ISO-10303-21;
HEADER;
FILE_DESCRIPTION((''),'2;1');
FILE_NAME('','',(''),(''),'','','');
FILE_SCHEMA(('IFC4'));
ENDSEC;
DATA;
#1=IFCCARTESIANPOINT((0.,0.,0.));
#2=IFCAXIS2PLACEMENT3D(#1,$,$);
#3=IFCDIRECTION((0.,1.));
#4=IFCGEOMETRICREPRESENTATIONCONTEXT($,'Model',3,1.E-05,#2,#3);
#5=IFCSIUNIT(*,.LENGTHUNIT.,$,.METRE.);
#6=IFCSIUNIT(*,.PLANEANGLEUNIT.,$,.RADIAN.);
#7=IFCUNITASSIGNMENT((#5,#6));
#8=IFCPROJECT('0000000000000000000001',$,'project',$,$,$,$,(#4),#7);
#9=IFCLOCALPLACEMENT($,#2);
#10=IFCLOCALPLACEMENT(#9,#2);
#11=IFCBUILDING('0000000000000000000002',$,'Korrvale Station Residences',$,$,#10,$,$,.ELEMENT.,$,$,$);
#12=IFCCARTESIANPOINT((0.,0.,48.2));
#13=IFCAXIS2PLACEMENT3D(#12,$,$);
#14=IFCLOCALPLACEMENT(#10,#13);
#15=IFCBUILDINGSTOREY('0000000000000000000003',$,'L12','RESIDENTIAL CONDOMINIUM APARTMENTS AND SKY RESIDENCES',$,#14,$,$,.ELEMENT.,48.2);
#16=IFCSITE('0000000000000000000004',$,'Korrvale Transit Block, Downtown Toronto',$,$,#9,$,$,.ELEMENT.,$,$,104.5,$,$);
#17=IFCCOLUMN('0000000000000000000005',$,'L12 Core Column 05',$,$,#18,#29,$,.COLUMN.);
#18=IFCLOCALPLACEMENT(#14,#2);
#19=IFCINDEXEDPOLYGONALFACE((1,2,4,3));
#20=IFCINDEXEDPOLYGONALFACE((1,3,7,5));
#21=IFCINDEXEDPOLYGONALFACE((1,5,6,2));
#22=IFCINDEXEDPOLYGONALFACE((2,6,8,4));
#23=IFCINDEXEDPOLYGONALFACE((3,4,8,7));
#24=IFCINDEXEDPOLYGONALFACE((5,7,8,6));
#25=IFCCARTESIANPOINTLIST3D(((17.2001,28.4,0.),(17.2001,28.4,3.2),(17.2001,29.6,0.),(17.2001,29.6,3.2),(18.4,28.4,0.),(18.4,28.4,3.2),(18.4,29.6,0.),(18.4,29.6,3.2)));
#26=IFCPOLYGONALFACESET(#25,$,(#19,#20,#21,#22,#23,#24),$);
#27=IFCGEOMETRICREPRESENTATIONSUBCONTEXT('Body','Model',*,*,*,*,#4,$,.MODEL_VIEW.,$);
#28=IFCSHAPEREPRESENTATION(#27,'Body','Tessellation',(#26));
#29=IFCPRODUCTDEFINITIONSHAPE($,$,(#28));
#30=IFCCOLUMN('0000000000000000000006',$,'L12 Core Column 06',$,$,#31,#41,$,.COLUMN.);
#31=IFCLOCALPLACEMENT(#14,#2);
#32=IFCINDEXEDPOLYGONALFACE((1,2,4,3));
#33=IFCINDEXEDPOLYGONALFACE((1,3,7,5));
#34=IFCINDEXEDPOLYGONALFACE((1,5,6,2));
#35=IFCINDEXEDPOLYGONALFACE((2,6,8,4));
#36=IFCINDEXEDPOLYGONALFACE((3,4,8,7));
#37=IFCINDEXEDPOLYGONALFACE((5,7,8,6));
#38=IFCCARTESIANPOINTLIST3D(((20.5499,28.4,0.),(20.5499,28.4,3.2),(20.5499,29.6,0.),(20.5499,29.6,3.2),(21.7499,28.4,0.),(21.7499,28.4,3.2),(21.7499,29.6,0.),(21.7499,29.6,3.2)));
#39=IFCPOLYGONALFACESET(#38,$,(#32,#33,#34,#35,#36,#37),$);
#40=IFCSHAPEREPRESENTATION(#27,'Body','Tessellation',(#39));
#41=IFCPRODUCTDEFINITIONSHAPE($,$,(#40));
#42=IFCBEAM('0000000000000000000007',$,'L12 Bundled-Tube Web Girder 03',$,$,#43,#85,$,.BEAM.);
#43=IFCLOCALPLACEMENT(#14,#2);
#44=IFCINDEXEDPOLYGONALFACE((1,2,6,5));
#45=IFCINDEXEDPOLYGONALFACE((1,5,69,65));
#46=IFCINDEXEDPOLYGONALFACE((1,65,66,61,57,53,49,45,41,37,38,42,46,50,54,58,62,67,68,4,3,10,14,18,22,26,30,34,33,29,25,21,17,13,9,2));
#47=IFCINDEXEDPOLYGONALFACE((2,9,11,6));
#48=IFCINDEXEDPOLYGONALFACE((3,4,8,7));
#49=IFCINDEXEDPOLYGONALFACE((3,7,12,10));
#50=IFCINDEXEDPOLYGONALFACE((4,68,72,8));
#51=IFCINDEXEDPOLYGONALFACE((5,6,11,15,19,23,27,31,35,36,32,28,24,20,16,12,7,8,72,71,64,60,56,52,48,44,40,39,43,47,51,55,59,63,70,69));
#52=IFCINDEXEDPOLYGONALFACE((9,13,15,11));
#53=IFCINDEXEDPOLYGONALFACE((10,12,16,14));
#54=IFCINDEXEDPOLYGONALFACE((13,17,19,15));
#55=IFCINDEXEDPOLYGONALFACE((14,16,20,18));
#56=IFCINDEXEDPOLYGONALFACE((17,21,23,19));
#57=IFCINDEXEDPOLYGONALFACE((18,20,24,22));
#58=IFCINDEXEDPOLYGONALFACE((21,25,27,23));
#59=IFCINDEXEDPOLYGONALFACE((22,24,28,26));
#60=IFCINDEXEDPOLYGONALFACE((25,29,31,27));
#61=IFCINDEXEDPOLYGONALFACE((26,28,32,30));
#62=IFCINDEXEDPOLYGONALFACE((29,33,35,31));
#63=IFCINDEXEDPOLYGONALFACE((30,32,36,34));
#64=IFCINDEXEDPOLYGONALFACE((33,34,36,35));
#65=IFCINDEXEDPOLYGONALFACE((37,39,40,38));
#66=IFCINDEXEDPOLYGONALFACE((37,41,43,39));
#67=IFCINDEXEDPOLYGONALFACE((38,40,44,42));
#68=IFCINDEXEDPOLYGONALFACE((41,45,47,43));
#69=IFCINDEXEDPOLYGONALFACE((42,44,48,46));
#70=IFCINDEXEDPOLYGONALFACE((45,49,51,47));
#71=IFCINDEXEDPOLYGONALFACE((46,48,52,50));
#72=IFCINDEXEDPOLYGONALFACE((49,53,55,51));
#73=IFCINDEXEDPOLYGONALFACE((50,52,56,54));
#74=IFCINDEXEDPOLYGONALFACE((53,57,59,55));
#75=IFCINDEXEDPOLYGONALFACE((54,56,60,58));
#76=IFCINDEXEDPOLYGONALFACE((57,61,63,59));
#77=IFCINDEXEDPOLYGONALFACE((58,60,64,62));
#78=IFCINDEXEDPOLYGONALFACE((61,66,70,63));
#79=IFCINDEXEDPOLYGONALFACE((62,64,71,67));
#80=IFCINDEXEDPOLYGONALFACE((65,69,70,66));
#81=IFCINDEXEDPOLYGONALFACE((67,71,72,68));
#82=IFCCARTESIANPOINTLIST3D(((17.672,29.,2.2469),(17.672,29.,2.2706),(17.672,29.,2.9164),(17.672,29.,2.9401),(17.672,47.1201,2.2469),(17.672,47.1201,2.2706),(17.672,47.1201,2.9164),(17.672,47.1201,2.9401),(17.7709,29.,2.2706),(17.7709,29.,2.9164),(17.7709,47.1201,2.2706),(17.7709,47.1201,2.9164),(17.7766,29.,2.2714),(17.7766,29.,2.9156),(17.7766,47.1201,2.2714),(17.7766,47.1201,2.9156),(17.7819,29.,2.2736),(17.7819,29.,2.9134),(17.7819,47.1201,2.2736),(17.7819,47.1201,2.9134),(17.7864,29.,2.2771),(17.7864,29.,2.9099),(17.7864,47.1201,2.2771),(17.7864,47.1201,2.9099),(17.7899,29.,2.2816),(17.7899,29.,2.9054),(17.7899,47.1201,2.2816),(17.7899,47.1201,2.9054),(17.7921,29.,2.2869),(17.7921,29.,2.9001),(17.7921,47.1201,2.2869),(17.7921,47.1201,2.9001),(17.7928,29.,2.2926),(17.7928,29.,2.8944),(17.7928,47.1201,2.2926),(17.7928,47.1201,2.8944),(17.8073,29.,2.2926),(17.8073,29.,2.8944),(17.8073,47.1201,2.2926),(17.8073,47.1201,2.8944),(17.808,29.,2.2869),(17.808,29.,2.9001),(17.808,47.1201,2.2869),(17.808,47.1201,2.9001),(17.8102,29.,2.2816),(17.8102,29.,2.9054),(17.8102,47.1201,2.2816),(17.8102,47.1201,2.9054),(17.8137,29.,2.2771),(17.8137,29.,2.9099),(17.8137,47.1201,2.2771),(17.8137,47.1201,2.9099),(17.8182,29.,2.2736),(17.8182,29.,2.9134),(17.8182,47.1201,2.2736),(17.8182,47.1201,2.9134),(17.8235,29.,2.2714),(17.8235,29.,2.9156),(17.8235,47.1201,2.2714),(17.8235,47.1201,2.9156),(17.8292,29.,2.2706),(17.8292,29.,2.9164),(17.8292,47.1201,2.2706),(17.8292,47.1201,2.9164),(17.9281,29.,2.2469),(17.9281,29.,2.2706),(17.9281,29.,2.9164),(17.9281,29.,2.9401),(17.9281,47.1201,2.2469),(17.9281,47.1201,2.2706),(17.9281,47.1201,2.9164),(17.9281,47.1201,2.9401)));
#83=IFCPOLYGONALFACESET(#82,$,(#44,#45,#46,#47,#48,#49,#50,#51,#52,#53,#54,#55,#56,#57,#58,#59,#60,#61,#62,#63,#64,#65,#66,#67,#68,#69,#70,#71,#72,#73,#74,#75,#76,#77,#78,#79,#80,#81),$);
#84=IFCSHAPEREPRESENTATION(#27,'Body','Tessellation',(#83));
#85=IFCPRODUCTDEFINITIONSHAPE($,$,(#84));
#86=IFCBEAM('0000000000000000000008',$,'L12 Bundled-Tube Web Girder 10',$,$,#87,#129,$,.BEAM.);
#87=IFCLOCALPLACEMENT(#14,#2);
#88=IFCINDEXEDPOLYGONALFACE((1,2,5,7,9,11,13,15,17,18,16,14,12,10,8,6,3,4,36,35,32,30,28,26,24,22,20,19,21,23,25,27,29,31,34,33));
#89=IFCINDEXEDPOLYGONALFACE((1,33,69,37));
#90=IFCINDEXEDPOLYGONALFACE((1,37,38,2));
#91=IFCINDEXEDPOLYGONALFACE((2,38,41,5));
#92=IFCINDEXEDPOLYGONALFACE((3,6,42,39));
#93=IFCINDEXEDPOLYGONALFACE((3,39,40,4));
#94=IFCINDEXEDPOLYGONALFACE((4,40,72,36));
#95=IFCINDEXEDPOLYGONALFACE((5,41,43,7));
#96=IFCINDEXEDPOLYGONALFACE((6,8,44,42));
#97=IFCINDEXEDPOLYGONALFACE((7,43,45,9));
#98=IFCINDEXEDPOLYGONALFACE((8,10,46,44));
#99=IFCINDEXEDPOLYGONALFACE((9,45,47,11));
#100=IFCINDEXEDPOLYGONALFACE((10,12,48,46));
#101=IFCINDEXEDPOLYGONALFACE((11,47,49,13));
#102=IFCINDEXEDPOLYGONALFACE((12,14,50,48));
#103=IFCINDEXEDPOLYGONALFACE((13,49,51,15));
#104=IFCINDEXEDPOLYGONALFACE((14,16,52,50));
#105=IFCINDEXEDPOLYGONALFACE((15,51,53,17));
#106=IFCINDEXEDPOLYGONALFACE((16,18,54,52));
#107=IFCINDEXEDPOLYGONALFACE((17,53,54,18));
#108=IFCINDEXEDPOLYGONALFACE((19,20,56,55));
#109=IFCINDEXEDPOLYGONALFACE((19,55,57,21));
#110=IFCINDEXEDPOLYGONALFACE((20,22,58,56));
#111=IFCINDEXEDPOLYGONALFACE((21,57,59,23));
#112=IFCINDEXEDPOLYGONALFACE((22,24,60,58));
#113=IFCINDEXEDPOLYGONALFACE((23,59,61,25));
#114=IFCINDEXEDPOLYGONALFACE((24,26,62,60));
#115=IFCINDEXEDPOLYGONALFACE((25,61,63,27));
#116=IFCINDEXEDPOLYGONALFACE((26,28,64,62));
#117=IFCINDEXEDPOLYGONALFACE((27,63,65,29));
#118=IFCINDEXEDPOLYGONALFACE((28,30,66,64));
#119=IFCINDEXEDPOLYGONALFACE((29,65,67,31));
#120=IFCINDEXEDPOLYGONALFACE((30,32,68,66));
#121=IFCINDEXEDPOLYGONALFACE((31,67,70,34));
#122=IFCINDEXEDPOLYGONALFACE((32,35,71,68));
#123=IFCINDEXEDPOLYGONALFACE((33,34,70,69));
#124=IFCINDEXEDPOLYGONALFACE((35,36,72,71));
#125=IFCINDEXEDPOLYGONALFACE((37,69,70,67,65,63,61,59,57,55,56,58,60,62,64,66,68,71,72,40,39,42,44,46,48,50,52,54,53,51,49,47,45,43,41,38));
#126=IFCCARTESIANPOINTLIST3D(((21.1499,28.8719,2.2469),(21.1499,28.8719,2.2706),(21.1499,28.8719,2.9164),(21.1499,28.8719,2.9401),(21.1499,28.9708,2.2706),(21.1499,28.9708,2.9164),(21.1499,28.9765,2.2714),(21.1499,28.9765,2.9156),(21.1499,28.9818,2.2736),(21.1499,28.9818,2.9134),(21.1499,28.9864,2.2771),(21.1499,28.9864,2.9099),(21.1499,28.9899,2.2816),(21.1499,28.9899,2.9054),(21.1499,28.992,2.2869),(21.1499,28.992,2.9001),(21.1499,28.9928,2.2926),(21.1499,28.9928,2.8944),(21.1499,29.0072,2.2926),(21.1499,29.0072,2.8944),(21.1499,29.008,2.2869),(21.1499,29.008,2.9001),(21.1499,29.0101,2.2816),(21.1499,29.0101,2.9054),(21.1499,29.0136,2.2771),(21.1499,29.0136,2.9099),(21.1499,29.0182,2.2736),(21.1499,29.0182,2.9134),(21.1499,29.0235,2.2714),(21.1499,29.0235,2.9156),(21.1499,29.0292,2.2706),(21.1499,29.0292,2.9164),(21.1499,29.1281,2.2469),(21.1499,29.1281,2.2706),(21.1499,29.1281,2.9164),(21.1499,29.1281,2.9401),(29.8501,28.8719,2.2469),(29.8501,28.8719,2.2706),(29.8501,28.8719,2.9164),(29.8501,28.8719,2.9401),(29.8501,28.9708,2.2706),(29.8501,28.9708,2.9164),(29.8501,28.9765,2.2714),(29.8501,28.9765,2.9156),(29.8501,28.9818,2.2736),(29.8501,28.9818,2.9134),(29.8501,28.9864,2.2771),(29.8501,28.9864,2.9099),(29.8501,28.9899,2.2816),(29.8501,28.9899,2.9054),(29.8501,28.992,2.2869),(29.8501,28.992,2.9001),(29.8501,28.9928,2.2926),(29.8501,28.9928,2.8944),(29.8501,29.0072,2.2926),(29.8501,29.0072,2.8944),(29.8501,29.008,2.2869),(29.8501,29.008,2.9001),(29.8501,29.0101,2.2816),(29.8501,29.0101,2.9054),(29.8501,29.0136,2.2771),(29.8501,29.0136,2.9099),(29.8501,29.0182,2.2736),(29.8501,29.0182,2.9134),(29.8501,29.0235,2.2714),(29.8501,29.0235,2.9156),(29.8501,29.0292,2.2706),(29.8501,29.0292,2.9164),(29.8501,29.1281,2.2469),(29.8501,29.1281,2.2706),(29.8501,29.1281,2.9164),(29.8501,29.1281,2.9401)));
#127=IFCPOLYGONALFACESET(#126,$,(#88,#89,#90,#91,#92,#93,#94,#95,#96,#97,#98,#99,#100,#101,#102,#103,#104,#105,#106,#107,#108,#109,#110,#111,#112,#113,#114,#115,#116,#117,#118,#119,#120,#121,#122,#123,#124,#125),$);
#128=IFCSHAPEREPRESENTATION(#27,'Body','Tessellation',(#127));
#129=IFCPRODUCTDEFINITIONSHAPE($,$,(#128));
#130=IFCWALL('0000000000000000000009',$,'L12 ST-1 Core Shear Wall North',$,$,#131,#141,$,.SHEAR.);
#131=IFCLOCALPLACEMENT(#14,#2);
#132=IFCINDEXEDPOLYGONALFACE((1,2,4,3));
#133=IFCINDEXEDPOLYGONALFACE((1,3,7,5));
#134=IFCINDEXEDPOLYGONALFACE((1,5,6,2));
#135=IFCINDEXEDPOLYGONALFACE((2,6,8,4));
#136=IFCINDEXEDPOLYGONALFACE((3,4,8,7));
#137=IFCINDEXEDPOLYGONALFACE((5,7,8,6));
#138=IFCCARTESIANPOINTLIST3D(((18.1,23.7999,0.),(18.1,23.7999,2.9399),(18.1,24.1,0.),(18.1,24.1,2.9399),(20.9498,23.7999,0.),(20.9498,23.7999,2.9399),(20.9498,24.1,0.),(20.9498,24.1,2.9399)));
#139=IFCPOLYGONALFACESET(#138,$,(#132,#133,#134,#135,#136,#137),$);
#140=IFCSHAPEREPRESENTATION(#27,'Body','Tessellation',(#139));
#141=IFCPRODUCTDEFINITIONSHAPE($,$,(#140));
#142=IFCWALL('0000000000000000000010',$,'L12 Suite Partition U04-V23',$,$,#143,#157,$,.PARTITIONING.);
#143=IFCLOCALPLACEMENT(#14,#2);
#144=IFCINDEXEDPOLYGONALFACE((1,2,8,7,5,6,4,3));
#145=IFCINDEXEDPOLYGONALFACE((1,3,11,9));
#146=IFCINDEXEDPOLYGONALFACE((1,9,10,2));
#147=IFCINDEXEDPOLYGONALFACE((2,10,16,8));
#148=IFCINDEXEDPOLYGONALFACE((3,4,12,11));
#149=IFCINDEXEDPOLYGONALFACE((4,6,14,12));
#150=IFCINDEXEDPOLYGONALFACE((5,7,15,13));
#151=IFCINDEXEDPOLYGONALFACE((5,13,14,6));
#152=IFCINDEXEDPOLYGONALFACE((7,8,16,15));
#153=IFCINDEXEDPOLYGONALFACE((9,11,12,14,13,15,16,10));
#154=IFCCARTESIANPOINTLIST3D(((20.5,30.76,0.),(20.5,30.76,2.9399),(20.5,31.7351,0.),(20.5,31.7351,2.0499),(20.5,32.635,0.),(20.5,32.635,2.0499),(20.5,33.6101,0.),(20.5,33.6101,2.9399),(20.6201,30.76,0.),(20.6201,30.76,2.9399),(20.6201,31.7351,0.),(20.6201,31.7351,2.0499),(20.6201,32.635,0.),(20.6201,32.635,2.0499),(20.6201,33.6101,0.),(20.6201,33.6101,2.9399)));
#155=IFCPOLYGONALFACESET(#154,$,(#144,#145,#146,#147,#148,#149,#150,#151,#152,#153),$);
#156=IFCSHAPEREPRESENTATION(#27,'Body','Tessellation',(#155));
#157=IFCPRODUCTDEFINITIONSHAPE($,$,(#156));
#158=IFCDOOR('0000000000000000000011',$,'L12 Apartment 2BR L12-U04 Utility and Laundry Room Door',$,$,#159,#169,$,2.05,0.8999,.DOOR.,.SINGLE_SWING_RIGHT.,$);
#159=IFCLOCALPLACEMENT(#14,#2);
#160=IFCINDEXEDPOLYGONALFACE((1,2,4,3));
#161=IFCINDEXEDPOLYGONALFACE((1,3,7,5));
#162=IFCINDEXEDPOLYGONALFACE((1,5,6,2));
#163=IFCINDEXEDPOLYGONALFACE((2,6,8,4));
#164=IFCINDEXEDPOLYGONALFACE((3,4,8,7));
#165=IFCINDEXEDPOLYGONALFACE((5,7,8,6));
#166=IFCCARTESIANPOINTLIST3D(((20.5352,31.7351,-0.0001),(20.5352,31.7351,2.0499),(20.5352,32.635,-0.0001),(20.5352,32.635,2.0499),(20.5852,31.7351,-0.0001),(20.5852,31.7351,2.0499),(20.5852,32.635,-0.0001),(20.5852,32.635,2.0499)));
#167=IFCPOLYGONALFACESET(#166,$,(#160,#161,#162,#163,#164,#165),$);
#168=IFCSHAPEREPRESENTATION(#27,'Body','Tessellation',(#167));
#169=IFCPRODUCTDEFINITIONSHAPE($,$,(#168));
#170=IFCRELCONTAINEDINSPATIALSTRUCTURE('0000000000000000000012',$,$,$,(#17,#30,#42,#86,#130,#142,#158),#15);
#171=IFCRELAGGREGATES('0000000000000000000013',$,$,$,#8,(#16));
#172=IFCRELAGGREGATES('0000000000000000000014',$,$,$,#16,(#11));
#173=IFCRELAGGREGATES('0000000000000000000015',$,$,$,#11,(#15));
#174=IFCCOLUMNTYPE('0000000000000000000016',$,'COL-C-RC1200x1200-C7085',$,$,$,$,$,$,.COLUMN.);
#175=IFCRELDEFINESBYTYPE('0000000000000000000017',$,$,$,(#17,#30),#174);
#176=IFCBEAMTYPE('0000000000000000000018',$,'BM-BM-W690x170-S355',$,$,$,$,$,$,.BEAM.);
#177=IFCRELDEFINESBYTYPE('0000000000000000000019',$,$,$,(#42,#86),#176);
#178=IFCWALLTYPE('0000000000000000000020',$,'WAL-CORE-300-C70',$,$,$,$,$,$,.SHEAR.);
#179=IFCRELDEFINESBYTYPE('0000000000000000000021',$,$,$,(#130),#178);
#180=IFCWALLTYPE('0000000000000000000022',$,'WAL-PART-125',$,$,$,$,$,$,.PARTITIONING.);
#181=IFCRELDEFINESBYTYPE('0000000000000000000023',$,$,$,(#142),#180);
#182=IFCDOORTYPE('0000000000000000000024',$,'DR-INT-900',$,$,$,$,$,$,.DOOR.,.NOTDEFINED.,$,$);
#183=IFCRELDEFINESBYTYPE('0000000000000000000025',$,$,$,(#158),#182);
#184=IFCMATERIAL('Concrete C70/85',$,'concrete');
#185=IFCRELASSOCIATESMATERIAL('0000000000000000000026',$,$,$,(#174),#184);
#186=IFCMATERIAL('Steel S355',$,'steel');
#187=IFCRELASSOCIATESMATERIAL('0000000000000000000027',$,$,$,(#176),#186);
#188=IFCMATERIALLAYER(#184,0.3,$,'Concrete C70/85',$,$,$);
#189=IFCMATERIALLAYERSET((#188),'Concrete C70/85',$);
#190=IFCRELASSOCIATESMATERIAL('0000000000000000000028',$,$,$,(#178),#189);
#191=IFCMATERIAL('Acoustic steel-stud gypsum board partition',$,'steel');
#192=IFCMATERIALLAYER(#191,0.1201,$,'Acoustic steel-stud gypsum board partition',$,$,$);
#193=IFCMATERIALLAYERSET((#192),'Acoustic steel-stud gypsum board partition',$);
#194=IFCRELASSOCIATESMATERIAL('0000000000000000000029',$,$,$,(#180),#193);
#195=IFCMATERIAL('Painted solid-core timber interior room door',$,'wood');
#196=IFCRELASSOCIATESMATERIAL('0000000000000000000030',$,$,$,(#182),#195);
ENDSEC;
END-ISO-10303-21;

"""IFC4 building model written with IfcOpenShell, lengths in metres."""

from ifc_helpers import new_model, si_unit, direction, frame, frame_2d, origin, origin_2d, place, context, subcontext, project, spatial, rectangle, i_section, extrude, material, layer, layer_set, material_profile, profile_set, type_object, element, fill, save


model = new_model("IFC4")

# Units and contexts
model_context = context("Model", 3, precision=1e-05, world=origin(), true_north=direction((0.0, 1.0)))
body_context = subcontext(model_context, "Body", "Model", "MODEL_VIEW")
ifc_project = project(units=[si_unit("LENGTHUNIT", "METRE"), si_unit("PLANEANGLEUNIT", "RADIAN")], contexts=[model_context])

# Site, building, storey
site_placement = place(None, origin())
site = spatial("IfcSite", under=ifc_project, at=site_placement, Name="Korrvale Transit Block, Downtown Toronto", CompositionType="ELEMENT", RefElevation=104.5)
building_placement = place(site_placement, origin())
building = spatial("IfcBuilding", under=site, at=building_placement, Name="Korrvale Station Residences", CompositionType="ELEMENT")
storey_placement = place(building_placement, frame((0.0, 0.0, 48.2)))
storey = spatial("IfcBuildingStorey", under=building, at=storey_placement, Name="L12", Description="RESIDENTIAL CONDOMINIUM APARTMENTS AND SKY RESIDENCES", CompositionType="ELEMENT", Elevation=48.2)

# Columns
ifc_material_1 = material(Name="Concrete C70/85", Category="concrete")
ifc_material_profile_1 = material_profile(ifc_material_1, rectangle(XDim=1.2, YDim=1.2, at=origin_2d()), Name="RC1200x1200")
ifc_profile_set_1 = profile_set([ifc_material_profile_1], Name="Concrete C70/85")
column_type = type_object("IfcColumnType", Name="COL-C-RC1200x1200-C7085", PredefinedType="COLUMN", material=ifc_profile_set_1)
for number, where, z_axis, x_axis, name in (
    (1, (17.8, 29.0, 0.0), (0.0, 0.0, 1.0), (1.0, 0.0, 0.0), "L12 Core Column 05"),
    (2, (21.1499, 29.0, 0.0), (0.0, 0.0, 1.0), (1.0, 0.0, 0.0), "L12 Core Column 06"),
):
    element("IfcColumn", number, at=place(storey_placement, frame(where, z_axis=z_axis, x_axis=x_axis)), inside=storey, type_object=column_type, Name=name, PredefinedType="COLUMN", context=body_context, shape_type="SweptSolid", body=[
        extrude(rectangle(XDim=1.2, YDim=1.2, at=origin_2d()), origin(), (0.0, 0.0, 1.0), 3.2),
    ])

# Beams
ifc_material_2 = material(Name="Steel S355", Category="steel")
ifc_material_profile_2 = material_profile(ifc_material_2, i_section(OverallWidth=0.2561, OverallDepth=0.6931, WebThickness=0.0144, FlangeThickness=0.0237, FilletRadius=0.022, at=origin_2d()), Name="W690x170")
ifc_profile_set_2 = profile_set([ifc_material_profile_2], Name="Steel S355")
beam_type = type_object("IfcBeamType", Name="BM-BM-W690x170-S355", PredefinedType="BEAM", material=ifc_profile_set_2)
beam_1_placement = place(storey_placement, frame((17.8, 29.0, 2.5935), z_axis=(0.0, 1.0, 0.0), x_axis=(-1.0, 0.0, 0.0)))
element("IfcBeam", 3, at=beam_1_placement, inside=storey, type_object=beam_type, Name="L12 Bundled-Tube Web Girder 03", PredefinedType="BEAM", context=body_context, shape_type="SweptSolid", body=[
    extrude(i_section(OverallWidth=0.2561, OverallDepth=0.6931, WebThickness=0.0144, FlangeThickness=0.0237, FilletRadius=0.022, at=origin_2d()), origin(), (0.0, 0.0, 1.0), 18.1201),
])
beam_2_placement = place(storey_placement, frame((21.1499, 29.0, 2.5935), z_axis=(1.0, 0.0, 0.0), x_axis=(0.0, 1.0, 0.0)))
element("IfcBeam", 4, at=beam_2_placement, inside=storey, type_object=beam_type, Name="L12 Bundled-Tube Web Girder 10", PredefinedType="BEAM", context=body_context, shape_type="SweptSolid", body=[
    extrude(i_section(OverallWidth=0.2561, OverallDepth=0.6931, WebThickness=0.0144, FlangeThickness=0.0237, FilletRadius=0.022, at=origin_2d()), origin(), (0.0, 0.0, 1.0), 8.7002),
])

# Wall
ifc_layer_1 = layer(ifc_material_1, 0.3, Name="Concrete C70/85")
ifc_layer_set_1 = layer_set([ifc_layer_1], Name="Concrete C70/85")
wall_type_1 = type_object("IfcWallType", Name="WAL-CORE-300-C70", PredefinedType="SHEAR", material=ifc_layer_set_1)
wall_1_placement = place(storey_placement, frame((18.1001, 23.95, 0.0), z_axis=(0.0, 0.0, 1.0), x_axis=(1.0, 0.0, 0.0)))
element("IfcWall", 5, at=wall_1_placement, inside=storey, type_object=wall_type_1, Name="L12 ST-1 Core Shear Wall North", PredefinedType="SHEAR", context=body_context, shape_type="SweptSolid", body=[
    extrude(rectangle(XDim=2.8499, YDim=0.3, at=frame_2d((1.4248, 0.0))), origin(), (0.0, 0.0, 1.0), 2.9399),
])

# Wall, opening, door
ifc_material_3 = material(Name="Acoustic steel-stud gypsum board partition", Category="steel")
ifc_layer_2 = layer(ifc_material_3, 0.1201, Name="Acoustic steel-stud gypsum board partition")
ifc_layer_set_2 = layer_set([ifc_layer_2], Name="Acoustic steel-stud gypsum board partition")
wall_type_2 = type_object("IfcWallType", Name="WAL-PART-125", PredefinedType="PARTITIONING", material=ifc_layer_set_2)
wall_2_placement = place(storey_placement, frame((20.5601, 30.76, 0.0), z_axis=(0.0, 0.0, 1.0), x_axis=(0.0, 1.0, 0.0)))
wall_2 = element("IfcWall", 6, at=wall_2_placement, inside=storey, type_object=wall_type_2, Name="L12 Suite Partition U04-V23", PredefinedType="PARTITIONING", context=body_context, shape_type="SweptSolid", body=[
    extrude(rectangle(XDim=2.8501, YDim=0.1201, at=frame_2d((1.425, 0.0))), origin(), (0.0, 0.0, 1.0), 2.9399),
])
opening_1_placement = place(wall_2_placement, frame((0.9751, 0.0, 0.0)))
opening_1 = element("IfcOpeningElement", 7, at=opening_1_placement, cuts=wall_2, PredefinedType="OPENING", context=body_context, shape_type="SweptSolid", body=[
    extrude(rectangle(XDim=0.8999, YDim=2.05, at=frame_2d((0.45, 1.0249))), frame((0.0, 0.0701, 0.0), z_axis=(0.0, -1.0, 0.0), x_axis=(1.0, 0.0, 0.0)), (0.0, 0.0, 1.0), 0.1401),
])
ifc_material_4 = material(Name="Painted solid-core timber interior room door", Category="wood")
door_type_1 = type_object("IfcDoorType", Name="DR-INT-900", OperationType="NOTDEFINED", PredefinedType="DOOR", material=ifc_material_4)
door_1_placement = place(opening_1_placement, origin())
door_1 = element("IfcDoor", 8, at=door_1_placement, inside=storey, type_object=door_type_1, Name="L12 Apartment 2BR L12-U04 Utility and Laundry Room Door", OperationType="SINGLE_SWING_RIGHT", OverallHeight=2.05, OverallWidth=0.8999, PredefinedType="DOOR", context=body_context, shape_type="SweptSolid", body=[
    extrude(rectangle(XDim=0.8999, YDim=2.05, at=frame_2d((0.45, 1.0249))), frame((0.0, 0.0249, 0.0), z_axis=(0.0, -1.0, 0.0), x_axis=(1.0, 0.0, 0.0)), (0.0, 0.0, 1.0), 0.05),
])
fill(opening_1, door_1)

save(model, "model.ifc")
